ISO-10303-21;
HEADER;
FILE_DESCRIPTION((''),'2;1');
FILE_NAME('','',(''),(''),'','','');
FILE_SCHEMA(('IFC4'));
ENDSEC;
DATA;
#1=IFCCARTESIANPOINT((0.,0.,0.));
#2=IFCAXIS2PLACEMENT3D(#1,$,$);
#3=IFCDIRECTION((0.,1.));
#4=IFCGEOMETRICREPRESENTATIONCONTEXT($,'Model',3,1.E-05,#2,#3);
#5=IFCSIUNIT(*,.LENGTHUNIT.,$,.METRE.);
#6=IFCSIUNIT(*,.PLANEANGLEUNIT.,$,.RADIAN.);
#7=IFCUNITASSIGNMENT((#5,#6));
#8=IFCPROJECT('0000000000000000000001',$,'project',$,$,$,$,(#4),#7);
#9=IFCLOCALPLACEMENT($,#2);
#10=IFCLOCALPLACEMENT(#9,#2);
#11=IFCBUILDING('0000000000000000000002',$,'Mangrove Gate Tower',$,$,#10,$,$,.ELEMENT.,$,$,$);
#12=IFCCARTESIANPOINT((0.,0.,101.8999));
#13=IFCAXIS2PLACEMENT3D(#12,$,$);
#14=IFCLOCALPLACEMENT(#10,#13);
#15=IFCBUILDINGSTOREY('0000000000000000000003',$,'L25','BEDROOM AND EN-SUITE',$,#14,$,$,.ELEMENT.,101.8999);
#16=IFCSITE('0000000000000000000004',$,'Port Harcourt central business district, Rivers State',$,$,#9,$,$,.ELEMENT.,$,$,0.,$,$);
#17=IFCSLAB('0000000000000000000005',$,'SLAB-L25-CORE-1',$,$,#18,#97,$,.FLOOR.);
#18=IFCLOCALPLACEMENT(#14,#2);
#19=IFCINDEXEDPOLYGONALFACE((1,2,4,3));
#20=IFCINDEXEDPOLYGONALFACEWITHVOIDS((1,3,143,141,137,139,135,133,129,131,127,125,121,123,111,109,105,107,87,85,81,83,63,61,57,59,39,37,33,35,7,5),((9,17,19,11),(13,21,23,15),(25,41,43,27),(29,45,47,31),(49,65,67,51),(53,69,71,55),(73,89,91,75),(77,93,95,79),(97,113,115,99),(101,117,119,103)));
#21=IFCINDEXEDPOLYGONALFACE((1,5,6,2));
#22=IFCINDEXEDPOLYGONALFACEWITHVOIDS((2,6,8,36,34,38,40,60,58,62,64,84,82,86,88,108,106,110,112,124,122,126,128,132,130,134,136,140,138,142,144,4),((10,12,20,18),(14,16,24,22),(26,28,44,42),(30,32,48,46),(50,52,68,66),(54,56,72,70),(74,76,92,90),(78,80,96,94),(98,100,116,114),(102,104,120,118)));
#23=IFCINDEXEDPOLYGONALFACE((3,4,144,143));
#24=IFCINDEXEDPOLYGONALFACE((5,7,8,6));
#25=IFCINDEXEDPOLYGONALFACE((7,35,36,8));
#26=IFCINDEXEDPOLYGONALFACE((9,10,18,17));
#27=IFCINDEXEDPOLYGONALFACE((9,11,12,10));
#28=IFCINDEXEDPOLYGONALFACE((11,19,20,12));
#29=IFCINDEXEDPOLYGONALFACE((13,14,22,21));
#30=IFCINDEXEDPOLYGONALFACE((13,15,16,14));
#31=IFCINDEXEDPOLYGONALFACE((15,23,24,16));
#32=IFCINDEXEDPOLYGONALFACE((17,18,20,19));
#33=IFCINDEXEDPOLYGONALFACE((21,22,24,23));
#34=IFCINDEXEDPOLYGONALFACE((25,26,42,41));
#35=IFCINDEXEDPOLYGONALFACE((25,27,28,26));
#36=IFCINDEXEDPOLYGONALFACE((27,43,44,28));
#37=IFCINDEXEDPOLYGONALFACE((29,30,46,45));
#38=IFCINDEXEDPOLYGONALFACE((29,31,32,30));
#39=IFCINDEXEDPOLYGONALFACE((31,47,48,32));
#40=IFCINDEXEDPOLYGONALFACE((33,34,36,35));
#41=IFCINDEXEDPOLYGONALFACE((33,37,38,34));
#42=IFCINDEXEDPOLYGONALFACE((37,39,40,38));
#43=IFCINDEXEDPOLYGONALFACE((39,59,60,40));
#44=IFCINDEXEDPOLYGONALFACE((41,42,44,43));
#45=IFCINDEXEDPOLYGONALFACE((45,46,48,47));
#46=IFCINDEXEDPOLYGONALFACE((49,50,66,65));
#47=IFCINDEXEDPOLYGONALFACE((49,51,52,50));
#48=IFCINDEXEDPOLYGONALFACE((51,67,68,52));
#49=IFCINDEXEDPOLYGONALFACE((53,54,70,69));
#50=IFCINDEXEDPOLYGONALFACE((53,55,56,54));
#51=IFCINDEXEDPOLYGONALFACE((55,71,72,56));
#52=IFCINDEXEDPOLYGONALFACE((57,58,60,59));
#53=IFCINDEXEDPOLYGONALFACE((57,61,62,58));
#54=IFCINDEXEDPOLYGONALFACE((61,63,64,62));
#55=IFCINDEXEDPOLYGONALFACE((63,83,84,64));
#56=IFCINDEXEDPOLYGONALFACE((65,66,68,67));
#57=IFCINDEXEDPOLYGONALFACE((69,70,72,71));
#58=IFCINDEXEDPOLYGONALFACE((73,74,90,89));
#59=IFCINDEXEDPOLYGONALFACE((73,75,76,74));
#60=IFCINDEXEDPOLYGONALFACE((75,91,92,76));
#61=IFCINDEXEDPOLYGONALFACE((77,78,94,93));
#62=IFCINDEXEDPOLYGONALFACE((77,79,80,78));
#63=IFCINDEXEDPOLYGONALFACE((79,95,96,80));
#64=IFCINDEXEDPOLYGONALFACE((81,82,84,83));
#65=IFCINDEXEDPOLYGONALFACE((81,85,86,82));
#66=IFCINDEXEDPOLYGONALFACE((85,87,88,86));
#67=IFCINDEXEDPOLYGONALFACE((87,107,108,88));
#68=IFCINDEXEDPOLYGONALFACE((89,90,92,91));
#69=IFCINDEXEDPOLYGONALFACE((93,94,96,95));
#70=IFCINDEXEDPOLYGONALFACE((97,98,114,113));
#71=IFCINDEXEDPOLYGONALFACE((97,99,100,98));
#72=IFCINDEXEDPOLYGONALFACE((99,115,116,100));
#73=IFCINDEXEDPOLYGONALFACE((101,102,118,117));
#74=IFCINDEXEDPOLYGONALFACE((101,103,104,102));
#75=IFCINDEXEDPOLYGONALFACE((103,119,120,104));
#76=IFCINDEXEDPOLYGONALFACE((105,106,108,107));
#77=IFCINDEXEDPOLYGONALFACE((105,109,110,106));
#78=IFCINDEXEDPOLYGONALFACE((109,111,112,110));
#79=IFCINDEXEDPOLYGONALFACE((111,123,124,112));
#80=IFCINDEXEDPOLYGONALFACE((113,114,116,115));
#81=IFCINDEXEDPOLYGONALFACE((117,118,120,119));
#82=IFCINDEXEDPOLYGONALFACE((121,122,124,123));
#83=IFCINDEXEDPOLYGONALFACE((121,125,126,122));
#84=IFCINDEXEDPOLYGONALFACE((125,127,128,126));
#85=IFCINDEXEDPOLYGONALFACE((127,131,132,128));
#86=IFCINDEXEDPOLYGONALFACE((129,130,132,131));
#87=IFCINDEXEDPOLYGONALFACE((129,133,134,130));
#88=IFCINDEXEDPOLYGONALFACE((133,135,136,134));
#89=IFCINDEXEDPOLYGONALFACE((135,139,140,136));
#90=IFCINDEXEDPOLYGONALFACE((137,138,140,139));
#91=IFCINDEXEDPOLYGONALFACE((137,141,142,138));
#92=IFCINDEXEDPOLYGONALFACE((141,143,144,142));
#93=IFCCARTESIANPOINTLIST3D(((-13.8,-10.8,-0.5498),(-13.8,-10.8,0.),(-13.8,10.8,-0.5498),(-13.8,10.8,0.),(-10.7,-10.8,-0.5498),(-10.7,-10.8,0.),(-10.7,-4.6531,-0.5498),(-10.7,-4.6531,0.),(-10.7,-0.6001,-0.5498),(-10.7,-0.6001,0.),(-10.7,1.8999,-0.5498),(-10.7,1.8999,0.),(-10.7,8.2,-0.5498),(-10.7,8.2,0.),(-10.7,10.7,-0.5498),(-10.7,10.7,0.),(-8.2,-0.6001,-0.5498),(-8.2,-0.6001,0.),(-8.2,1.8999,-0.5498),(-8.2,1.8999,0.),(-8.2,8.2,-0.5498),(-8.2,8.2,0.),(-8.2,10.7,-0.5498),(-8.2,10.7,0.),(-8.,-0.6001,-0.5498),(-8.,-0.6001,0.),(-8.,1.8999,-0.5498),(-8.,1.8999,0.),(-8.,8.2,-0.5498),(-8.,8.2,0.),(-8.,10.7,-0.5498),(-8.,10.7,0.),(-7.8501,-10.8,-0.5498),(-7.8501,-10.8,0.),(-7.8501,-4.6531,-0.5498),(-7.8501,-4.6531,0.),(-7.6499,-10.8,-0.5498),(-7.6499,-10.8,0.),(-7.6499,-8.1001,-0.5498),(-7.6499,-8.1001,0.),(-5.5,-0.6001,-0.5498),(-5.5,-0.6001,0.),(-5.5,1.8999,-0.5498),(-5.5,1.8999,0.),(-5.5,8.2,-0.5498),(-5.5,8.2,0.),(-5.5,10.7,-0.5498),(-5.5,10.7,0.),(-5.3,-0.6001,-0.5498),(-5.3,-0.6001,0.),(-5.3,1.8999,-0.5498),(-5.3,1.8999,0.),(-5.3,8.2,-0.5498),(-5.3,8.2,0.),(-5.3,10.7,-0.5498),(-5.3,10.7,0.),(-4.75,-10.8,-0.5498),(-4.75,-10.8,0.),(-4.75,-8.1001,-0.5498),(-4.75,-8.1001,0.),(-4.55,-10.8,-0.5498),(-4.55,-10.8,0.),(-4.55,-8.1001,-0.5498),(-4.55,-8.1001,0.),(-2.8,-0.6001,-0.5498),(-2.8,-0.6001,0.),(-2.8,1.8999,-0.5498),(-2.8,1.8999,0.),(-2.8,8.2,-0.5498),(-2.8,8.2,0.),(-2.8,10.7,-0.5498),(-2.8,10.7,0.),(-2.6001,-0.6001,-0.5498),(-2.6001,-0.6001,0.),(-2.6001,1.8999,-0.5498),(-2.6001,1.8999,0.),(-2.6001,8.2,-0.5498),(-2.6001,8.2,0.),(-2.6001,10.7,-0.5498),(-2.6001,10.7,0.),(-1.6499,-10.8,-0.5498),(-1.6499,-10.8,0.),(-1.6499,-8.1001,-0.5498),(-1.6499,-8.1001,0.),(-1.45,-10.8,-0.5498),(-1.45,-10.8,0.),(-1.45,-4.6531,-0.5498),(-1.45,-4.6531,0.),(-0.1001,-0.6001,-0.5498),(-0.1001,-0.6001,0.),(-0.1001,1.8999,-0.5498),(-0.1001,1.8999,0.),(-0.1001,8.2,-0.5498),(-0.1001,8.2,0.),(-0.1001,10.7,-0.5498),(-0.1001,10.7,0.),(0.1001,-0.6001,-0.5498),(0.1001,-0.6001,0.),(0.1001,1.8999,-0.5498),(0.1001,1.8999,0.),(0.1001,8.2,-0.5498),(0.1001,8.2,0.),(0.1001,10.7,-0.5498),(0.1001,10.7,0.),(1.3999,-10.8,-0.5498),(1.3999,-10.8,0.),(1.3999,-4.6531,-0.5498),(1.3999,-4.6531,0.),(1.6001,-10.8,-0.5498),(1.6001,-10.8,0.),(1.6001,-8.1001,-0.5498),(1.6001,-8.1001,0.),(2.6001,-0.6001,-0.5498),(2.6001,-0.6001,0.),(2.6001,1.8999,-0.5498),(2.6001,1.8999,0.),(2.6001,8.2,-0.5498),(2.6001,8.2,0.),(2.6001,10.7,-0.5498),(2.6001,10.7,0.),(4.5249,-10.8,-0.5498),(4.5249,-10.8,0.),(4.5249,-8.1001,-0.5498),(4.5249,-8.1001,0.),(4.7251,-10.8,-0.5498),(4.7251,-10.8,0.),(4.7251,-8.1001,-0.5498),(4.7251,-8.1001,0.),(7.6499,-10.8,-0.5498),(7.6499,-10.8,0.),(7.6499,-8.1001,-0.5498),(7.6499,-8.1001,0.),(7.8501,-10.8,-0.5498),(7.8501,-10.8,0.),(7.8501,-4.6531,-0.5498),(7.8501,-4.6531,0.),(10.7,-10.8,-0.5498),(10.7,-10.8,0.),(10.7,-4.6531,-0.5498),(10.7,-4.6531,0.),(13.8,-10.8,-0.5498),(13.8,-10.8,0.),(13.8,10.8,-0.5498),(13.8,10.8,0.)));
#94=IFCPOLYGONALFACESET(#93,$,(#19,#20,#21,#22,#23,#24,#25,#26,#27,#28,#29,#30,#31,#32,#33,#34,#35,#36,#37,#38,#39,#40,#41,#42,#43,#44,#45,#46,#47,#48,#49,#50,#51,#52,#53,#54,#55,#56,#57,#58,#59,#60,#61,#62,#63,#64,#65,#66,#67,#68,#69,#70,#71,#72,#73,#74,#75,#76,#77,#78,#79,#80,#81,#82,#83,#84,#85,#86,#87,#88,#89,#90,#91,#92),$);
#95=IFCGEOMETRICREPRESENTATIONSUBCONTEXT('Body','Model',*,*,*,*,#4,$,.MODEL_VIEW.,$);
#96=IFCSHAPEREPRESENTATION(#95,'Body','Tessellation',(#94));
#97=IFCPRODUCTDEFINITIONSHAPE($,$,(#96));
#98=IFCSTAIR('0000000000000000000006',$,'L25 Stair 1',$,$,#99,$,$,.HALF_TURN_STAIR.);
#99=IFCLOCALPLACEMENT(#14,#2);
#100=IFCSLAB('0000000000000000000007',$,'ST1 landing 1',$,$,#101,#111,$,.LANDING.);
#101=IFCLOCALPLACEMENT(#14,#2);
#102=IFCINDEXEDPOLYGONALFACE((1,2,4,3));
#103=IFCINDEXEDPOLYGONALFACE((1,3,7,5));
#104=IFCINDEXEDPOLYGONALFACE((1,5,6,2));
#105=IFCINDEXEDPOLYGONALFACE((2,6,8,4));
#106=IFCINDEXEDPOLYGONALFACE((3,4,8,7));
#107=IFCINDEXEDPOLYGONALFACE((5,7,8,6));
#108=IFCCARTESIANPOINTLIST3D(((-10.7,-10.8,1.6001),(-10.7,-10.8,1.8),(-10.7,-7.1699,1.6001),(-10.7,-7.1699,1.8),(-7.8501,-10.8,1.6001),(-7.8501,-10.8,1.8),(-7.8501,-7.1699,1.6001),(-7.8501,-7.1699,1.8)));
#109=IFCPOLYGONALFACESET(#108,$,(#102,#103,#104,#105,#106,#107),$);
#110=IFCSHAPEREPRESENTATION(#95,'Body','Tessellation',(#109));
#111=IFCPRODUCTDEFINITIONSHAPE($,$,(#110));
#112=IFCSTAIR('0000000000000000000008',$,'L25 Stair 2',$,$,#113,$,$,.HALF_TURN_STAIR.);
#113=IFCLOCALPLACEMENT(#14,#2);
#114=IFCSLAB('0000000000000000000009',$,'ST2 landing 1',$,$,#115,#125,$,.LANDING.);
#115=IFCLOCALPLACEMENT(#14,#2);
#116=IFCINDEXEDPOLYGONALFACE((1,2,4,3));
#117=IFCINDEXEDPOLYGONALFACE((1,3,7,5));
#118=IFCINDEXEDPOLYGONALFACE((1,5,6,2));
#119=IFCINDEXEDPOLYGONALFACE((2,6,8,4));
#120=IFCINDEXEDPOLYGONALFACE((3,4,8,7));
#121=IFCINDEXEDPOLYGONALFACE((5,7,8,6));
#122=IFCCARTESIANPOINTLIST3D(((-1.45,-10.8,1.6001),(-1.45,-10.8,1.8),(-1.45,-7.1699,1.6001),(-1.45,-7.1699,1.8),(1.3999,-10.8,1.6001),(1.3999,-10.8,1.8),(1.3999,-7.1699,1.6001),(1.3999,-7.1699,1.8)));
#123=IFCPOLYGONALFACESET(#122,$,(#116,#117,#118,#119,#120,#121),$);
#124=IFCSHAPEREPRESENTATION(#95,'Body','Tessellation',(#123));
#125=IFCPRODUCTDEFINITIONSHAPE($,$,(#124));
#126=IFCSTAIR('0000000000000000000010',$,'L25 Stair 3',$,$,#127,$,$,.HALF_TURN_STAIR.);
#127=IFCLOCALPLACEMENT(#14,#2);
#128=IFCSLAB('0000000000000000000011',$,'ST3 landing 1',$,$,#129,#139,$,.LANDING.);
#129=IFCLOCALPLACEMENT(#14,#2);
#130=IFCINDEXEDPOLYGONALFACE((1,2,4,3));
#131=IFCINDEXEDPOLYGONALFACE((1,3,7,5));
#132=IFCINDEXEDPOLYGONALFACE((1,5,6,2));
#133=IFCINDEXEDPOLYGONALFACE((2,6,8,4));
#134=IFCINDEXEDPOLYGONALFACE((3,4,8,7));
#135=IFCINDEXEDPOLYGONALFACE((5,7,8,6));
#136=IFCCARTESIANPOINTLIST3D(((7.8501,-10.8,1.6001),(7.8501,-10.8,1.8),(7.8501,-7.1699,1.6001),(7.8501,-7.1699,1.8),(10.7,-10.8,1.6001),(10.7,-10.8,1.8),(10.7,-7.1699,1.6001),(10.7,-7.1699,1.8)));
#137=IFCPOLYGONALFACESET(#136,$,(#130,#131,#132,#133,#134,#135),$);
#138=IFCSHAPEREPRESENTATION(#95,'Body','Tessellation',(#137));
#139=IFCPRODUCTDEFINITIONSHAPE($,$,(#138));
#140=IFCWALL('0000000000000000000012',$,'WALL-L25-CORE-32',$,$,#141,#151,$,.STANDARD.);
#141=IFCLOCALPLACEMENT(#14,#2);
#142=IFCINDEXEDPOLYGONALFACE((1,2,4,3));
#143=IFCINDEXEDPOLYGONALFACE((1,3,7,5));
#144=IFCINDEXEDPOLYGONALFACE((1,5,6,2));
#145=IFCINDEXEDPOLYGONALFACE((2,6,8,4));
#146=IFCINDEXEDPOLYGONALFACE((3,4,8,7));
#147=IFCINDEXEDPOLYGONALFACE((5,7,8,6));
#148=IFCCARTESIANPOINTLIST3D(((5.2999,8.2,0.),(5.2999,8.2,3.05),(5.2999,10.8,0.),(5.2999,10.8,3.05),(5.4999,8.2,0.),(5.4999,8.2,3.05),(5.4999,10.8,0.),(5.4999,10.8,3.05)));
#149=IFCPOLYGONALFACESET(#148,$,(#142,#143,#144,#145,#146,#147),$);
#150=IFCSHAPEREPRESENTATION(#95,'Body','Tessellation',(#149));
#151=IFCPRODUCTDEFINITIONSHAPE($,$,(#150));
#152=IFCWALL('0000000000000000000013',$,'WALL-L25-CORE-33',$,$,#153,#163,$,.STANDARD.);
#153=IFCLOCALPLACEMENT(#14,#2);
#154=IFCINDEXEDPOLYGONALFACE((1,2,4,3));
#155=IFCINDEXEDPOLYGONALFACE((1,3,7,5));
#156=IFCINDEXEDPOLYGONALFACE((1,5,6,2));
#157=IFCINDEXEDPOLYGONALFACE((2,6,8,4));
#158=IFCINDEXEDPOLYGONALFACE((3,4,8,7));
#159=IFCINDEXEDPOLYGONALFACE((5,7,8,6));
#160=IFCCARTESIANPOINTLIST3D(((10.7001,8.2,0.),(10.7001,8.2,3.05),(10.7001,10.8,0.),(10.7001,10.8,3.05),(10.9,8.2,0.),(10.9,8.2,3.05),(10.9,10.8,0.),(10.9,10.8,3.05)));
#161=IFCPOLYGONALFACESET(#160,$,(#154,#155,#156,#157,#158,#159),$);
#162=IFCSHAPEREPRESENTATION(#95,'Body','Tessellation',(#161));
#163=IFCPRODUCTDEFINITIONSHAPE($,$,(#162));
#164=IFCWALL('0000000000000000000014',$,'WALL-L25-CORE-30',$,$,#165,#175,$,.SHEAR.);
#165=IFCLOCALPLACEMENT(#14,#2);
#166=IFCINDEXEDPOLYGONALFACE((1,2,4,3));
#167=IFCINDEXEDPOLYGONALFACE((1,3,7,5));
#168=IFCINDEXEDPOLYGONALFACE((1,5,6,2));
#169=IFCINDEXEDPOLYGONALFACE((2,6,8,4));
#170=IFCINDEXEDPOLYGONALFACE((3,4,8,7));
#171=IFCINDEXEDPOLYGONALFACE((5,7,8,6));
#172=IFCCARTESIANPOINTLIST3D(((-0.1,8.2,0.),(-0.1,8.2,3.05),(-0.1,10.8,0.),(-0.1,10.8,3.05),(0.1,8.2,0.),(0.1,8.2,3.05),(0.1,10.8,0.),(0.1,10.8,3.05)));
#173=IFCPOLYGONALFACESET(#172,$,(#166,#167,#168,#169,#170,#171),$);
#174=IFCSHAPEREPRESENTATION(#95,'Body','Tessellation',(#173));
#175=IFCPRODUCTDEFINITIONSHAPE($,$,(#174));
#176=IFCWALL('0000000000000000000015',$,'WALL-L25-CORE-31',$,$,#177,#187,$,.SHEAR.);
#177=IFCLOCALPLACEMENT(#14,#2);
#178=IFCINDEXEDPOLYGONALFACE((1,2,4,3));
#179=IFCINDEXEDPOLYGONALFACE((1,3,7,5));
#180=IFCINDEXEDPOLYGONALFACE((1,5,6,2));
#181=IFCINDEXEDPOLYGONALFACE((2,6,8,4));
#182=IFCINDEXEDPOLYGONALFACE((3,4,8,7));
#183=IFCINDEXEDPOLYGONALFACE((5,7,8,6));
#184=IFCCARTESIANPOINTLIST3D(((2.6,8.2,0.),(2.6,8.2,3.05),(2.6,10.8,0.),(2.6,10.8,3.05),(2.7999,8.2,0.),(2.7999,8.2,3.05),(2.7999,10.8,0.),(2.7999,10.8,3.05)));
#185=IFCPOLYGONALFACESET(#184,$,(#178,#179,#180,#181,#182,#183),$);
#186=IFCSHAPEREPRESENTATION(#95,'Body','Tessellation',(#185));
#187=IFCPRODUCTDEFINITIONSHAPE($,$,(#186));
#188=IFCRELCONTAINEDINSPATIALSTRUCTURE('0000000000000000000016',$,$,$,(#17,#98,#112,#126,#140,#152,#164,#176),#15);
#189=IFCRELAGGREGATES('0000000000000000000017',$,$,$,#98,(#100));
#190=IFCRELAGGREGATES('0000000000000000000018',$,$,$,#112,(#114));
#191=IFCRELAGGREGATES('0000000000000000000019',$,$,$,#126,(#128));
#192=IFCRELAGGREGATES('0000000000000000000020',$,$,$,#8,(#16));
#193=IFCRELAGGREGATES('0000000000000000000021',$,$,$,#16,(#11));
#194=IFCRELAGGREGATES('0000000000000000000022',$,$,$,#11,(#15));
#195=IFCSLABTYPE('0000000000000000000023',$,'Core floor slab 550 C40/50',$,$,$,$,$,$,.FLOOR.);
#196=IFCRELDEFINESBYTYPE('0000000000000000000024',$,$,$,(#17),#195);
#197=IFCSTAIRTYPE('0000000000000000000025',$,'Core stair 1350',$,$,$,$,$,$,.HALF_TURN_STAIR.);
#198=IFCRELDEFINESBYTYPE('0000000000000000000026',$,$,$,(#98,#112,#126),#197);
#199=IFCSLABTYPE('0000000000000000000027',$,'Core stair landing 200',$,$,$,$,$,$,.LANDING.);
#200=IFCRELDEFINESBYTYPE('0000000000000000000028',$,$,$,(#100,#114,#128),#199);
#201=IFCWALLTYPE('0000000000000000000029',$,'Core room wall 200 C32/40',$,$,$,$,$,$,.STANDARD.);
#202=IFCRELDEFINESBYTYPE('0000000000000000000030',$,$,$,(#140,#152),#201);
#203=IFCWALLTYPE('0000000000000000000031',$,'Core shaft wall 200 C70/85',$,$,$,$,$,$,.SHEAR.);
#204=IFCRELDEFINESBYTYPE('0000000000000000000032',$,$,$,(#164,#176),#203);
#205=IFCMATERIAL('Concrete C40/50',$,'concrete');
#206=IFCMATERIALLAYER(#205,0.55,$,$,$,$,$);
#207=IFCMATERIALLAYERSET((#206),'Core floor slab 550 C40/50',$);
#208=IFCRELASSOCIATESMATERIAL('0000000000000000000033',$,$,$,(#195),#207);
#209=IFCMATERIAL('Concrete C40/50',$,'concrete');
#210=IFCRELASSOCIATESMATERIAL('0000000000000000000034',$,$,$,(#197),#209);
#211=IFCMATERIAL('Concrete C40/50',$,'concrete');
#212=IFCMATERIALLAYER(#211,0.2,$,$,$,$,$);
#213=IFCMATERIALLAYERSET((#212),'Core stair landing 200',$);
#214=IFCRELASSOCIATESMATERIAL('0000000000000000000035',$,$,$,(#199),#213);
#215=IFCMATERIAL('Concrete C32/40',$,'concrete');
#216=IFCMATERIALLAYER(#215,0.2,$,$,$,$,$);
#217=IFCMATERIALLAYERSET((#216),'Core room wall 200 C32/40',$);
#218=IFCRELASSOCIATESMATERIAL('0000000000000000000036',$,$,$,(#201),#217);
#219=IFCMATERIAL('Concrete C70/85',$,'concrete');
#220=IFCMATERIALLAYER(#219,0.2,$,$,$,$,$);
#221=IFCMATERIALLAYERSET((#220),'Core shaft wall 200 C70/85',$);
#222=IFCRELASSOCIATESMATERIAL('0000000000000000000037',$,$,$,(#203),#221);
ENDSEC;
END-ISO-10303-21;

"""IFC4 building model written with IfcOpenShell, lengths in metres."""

from ifc_helpers import new_model, si_unit, direction, frame, frame_2d, origin, place, context, subcontext, project, spatial, polyline, rectangle, outline, extrude, material, layer, layer_set, type_object, element, aggregate, save


model = new_model("IFC4")

# Units and contexts
model_context = context("Model", 3, precision=1e-05, world=origin(), true_north=direction((0.0, 1.0)))
body_context = subcontext(model_context, "Body", "Model", "MODEL_VIEW")
ifc_project = project(units=[si_unit("LENGTHUNIT", "METRE"), si_unit("PLANEANGLEUNIT", "RADIAN")], contexts=[model_context])

# Site, building, storey
site_placement = place(None, origin())
site = spatial("IfcSite", under=ifc_project, at=site_placement, Name="Port Harcourt central business district, Rivers State", CompositionType="ELEMENT", RefElevation=0.0)
building_placement = place(site_placement, origin())
building = spatial("IfcBuilding", under=site, at=building_placement, Name="Mangrove Gate Tower", CompositionType="ELEMENT")
storey_placement = place(building_placement, frame((0.0, 0.0, 101.8999)))
storey = spatial("IfcBuildingStorey", under=building, at=storey_placement, Name="L25", Description="BEDROOM AND EN-SUITE", CompositionType="ELEMENT", Elevation=101.8999)

# Slab
ifc_material_1 = material(Name="Concrete C40/50", Category="concrete")
ifc_layer_1 = layer(ifc_material_1, 0.55)
ifc_layer_set_1 = layer_set([ifc_layer_1], Name="Core floor slab 550 C40/50")
slab_type_1 = type_object("IfcSlabType", Name="Core floor slab 550 C40/50", PredefinedType="FLOOR", material=ifc_layer_set_1)
slab_1_placement = place(storey_placement, frame((0.0, 0.0, -0.5498)))
element("IfcSlab", 1, at=slab_1_placement, inside=storey, type_object=slab_type_1, Name="SLAB-L25-CORE-1", PredefinedType="FLOOR", context=body_context, shape_type="SweptSolid", body=[
    extrude(outline(polyline([(-13.8, -10.8), (-13.8, 10.8), (13.8, 10.8), (13.8, -10.8), (10.7, -10.8), (10.7, -4.6531), (7.8501, -4.6531), (7.8501, -10.8), (7.6499, -10.8), (7.6499, -8.1001), (4.7251, -8.1001), (4.7251, -10.8), (4.5249, -10.8), (4.5249, -8.1001), (1.6001, -8.1001), (1.6001, -10.8), (1.3999, -10.8), (1.3999, -4.6531), (-1.45, -4.6531), (-1.45, -10.8), (-1.6499, -10.8), (-1.6499, -8.1001), (-4.55, -8.1001), (-4.55, -10.8), (-4.75, -10.8), (-4.75, -8.1001), (-7.6499, -8.1001), (-7.6499, -10.8), (-7.8501, -10.8), (-7.8501, -4.6531), (-10.7, -4.6531), (-10.7, -10.8), (-13.8, -10.8)]), holes=[polyline([(-8.2, -0.6001), (-8.2, 1.8999), (-10.7, 1.8999), (-10.7, -0.6001), (-8.2, -0.6001)]), polyline([(-5.5, -0.6001), (-5.5, 1.8999), (-8.0, 1.8999), (-8.0, -0.6001), (-5.5, -0.6001)]), polyline([(-2.8, -0.6001), (-2.8, 1.8999), (-5.3, 1.8999), (-5.3, -0.6001), (-2.8, -0.6001)]), polyline([(-8.2, 8.2), (-8.2, 10.7), (-10.7, 10.7), (-10.7, 8.2), (-8.2, 8.2)]), polyline([(-5.5, 8.2), (-5.5, 10.7), (-8.0, 10.7), (-8.0, 8.2), (-5.5, 8.2)]), polyline([(-2.8, 8.2), (-2.8, 10.7), (-5.3, 10.7), (-5.3, 8.2), (-2.8, 8.2)]), polyline([(-0.1001, -0.6001), (-0.1001, 1.8999), (-2.6001, 1.8999), (-2.6001, -0.6001), (-0.1001, -0.6001)]), polyline([(2.6001, -0.6001), (2.6001, 1.8999), (0.1001, 1.8999), (0.1001, -0.6001), (2.6001, -0.6001)]), polyline([(-2.6001, 8.2), (-0.1001, 8.2), (-0.1001, 10.7), (-2.6001, 10.7), (-2.6001, 8.2)]), polyline([(0.1001, 8.2), (2.6001, 8.2), (2.6001, 10.7), (0.1001, 10.7), (0.1001, 8.2)])]), origin(), (0.0, 0.0, 1.0), 0.5498),
])

# Stairs, slabs
ifc_material_2 = material(Name="Concrete C40/50", Category="concrete")
stair_type = type_object("IfcStairType", Name="Core stair 1350", PredefinedType="HALF_TURN_STAIR", material=ifc_material_2)
stair_1_placement = place(storey_placement, origin())
stair_1 = element("IfcStair", 2, at=stair_1_placement, inside=storey, type_object=stair_type, Name="L25 Stair 1", PredefinedType="HALF_TURN_STAIR")
ifc_material_3 = material(Name="Concrete C40/50", Category="concrete")
ifc_layer_2 = layer(ifc_material_3, 0.2)
ifc_layer_set_2 = layer_set([ifc_layer_2], Name="Core stair landing 200")
slab_type_2 = type_object("IfcSlabType", Name="Core stair landing 200", PredefinedType="LANDING", material=ifc_layer_set_2)
slab_2_placement = place(storey_placement, frame((0.0, 0.0, 1.6001)))
slab_2 = element("IfcSlab", 3, at=slab_2_placement, type_object=slab_type_2, Name="ST1 landing 1", PredefinedType="LANDING", context=body_context, shape_type="SweptSolid", body=[
    extrude(outline(polyline([(-10.7, -7.1699), (-10.7, -10.8), (-7.8501, -10.8), (-7.8501, -7.1699), (-10.7, -7.1699)])), origin(), (0.0, 0.0, 1.0), 0.2),
])
aggregate(stair_1, [slab_2])
stair_2_placement = place(storey_placement, origin())
stair_2 = element("IfcStair", 4, at=stair_2_placement, inside=storey, type_object=stair_type, Name="L25 Stair 2", PredefinedType="HALF_TURN_STAIR")
slab_3_placement = place(storey_placement, frame((0.0, 0.0, 1.6001)))
slab_3 = element("IfcSlab", 5, at=slab_3_placement, type_object=slab_type_2, Name="ST2 landing 1", PredefinedType="LANDING", context=body_context, shape_type="SweptSolid", body=[
    extrude(outline(polyline([(-1.45, -7.1699), (-1.45, -10.8), (1.3999, -10.8), (1.3999, -7.1699), (-1.45, -7.1699)])), origin(), (0.0, 0.0, 1.0), 0.2),
])
aggregate(stair_2, [slab_3])
stair_3_placement = place(storey_placement, origin())
stair_3 = element("IfcStair", 6, at=stair_3_placement, inside=storey, type_object=stair_type, Name="L25 Stair 3", PredefinedType="HALF_TURN_STAIR")
slab_4_placement = place(storey_placement, frame((0.0, 0.0, 1.6001)))
slab_4 = element("IfcSlab", 7, at=slab_4_placement, type_object=slab_type_2, Name="ST3 landing 1", PredefinedType="LANDING", context=body_context, shape_type="SweptSolid", body=[
    extrude(outline(polyline([(7.8501, -7.1699), (7.8501, -10.8), (10.7, -10.8), (10.7, -7.1699), (7.8501, -7.1699)])), origin(), (0.0, 0.0, 1.0), 0.2),
])
aggregate(stair_3, [slab_4])

# Walls
ifc_material_4 = material(Name="Concrete C32/40", Category="concrete")
ifc_layer_3 = layer(ifc_material_4, 0.2)
ifc_layer_set_3 = layer_set([ifc_layer_3], Name="Core room wall 200 C32/40")
wall_type_1 = type_object("IfcWallType", Name="Core room wall 200 C32/40", PredefinedType="STANDARD", material=ifc_layer_set_3)
for number, where, z_axis, x_axis, name in (
    (8, (5.3999, 8.2, 0.0), (0.0, 0.0, 1.0), (0.0, 1.0, 0.0), "WALL-L25-CORE-32"),
    (9, (10.8, 8.2, 0.0), (0.0, 0.0, 1.0), (0.0, 1.0, 0.0), "WALL-L25-CORE-33"),
):
    element("IfcWall", number, at=place(storey_placement, frame(where, z_axis=z_axis, x_axis=x_axis)), inside=storey, type_object=wall_type_1, Name=name, PredefinedType="STANDARD", context=body_context, shape_type="SweptSolid", body=[
        extrude(rectangle(XDim=2.6001, YDim=0.2, at=frame_2d((1.3, 0.0))), origin(), (0.0, 0.0, 1.0), 3.05),
    ])
ifc_material_5 = material(Name="Concrete C70/85", Category="concrete")
ifc_layer_4 = layer(ifc_material_5, 0.2)
ifc_layer_set_4 = layer_set([ifc_layer_4], Name="Core shaft wall 200 C70/85")
wall_type_2 = type_object("IfcWallType", Name="Core shaft wall 200 C70/85", PredefinedType="SHEAR", material=ifc_layer_set_4)
for number, where, z_axis, x_axis, name in (
    (10, (0.0, 8.2, 0.0), (0.0, 0.0, 1.0), (0.0, 1.0, 0.0), "WALL-L25-CORE-30"),
    (11, (2.7, 8.2, 0.0), (0.0, 0.0, 1.0), (0.0, 1.0, 0.0), "WALL-L25-CORE-31"),
):
    element("IfcWall", number, at=place(storey_placement, frame(where, z_axis=z_axis, x_axis=x_axis)), inside=storey, type_object=wall_type_2, Name=name, PredefinedType="SHEAR", context=body_context, shape_type="SweptSolid", body=[
        extrude(rectangle(XDim=2.6001, YDim=0.2, at=frame_2d((1.3, 0.0))), origin(), (0.0, 0.0, 1.0), 3.05),
    ])

save(model, "model.ifc")
